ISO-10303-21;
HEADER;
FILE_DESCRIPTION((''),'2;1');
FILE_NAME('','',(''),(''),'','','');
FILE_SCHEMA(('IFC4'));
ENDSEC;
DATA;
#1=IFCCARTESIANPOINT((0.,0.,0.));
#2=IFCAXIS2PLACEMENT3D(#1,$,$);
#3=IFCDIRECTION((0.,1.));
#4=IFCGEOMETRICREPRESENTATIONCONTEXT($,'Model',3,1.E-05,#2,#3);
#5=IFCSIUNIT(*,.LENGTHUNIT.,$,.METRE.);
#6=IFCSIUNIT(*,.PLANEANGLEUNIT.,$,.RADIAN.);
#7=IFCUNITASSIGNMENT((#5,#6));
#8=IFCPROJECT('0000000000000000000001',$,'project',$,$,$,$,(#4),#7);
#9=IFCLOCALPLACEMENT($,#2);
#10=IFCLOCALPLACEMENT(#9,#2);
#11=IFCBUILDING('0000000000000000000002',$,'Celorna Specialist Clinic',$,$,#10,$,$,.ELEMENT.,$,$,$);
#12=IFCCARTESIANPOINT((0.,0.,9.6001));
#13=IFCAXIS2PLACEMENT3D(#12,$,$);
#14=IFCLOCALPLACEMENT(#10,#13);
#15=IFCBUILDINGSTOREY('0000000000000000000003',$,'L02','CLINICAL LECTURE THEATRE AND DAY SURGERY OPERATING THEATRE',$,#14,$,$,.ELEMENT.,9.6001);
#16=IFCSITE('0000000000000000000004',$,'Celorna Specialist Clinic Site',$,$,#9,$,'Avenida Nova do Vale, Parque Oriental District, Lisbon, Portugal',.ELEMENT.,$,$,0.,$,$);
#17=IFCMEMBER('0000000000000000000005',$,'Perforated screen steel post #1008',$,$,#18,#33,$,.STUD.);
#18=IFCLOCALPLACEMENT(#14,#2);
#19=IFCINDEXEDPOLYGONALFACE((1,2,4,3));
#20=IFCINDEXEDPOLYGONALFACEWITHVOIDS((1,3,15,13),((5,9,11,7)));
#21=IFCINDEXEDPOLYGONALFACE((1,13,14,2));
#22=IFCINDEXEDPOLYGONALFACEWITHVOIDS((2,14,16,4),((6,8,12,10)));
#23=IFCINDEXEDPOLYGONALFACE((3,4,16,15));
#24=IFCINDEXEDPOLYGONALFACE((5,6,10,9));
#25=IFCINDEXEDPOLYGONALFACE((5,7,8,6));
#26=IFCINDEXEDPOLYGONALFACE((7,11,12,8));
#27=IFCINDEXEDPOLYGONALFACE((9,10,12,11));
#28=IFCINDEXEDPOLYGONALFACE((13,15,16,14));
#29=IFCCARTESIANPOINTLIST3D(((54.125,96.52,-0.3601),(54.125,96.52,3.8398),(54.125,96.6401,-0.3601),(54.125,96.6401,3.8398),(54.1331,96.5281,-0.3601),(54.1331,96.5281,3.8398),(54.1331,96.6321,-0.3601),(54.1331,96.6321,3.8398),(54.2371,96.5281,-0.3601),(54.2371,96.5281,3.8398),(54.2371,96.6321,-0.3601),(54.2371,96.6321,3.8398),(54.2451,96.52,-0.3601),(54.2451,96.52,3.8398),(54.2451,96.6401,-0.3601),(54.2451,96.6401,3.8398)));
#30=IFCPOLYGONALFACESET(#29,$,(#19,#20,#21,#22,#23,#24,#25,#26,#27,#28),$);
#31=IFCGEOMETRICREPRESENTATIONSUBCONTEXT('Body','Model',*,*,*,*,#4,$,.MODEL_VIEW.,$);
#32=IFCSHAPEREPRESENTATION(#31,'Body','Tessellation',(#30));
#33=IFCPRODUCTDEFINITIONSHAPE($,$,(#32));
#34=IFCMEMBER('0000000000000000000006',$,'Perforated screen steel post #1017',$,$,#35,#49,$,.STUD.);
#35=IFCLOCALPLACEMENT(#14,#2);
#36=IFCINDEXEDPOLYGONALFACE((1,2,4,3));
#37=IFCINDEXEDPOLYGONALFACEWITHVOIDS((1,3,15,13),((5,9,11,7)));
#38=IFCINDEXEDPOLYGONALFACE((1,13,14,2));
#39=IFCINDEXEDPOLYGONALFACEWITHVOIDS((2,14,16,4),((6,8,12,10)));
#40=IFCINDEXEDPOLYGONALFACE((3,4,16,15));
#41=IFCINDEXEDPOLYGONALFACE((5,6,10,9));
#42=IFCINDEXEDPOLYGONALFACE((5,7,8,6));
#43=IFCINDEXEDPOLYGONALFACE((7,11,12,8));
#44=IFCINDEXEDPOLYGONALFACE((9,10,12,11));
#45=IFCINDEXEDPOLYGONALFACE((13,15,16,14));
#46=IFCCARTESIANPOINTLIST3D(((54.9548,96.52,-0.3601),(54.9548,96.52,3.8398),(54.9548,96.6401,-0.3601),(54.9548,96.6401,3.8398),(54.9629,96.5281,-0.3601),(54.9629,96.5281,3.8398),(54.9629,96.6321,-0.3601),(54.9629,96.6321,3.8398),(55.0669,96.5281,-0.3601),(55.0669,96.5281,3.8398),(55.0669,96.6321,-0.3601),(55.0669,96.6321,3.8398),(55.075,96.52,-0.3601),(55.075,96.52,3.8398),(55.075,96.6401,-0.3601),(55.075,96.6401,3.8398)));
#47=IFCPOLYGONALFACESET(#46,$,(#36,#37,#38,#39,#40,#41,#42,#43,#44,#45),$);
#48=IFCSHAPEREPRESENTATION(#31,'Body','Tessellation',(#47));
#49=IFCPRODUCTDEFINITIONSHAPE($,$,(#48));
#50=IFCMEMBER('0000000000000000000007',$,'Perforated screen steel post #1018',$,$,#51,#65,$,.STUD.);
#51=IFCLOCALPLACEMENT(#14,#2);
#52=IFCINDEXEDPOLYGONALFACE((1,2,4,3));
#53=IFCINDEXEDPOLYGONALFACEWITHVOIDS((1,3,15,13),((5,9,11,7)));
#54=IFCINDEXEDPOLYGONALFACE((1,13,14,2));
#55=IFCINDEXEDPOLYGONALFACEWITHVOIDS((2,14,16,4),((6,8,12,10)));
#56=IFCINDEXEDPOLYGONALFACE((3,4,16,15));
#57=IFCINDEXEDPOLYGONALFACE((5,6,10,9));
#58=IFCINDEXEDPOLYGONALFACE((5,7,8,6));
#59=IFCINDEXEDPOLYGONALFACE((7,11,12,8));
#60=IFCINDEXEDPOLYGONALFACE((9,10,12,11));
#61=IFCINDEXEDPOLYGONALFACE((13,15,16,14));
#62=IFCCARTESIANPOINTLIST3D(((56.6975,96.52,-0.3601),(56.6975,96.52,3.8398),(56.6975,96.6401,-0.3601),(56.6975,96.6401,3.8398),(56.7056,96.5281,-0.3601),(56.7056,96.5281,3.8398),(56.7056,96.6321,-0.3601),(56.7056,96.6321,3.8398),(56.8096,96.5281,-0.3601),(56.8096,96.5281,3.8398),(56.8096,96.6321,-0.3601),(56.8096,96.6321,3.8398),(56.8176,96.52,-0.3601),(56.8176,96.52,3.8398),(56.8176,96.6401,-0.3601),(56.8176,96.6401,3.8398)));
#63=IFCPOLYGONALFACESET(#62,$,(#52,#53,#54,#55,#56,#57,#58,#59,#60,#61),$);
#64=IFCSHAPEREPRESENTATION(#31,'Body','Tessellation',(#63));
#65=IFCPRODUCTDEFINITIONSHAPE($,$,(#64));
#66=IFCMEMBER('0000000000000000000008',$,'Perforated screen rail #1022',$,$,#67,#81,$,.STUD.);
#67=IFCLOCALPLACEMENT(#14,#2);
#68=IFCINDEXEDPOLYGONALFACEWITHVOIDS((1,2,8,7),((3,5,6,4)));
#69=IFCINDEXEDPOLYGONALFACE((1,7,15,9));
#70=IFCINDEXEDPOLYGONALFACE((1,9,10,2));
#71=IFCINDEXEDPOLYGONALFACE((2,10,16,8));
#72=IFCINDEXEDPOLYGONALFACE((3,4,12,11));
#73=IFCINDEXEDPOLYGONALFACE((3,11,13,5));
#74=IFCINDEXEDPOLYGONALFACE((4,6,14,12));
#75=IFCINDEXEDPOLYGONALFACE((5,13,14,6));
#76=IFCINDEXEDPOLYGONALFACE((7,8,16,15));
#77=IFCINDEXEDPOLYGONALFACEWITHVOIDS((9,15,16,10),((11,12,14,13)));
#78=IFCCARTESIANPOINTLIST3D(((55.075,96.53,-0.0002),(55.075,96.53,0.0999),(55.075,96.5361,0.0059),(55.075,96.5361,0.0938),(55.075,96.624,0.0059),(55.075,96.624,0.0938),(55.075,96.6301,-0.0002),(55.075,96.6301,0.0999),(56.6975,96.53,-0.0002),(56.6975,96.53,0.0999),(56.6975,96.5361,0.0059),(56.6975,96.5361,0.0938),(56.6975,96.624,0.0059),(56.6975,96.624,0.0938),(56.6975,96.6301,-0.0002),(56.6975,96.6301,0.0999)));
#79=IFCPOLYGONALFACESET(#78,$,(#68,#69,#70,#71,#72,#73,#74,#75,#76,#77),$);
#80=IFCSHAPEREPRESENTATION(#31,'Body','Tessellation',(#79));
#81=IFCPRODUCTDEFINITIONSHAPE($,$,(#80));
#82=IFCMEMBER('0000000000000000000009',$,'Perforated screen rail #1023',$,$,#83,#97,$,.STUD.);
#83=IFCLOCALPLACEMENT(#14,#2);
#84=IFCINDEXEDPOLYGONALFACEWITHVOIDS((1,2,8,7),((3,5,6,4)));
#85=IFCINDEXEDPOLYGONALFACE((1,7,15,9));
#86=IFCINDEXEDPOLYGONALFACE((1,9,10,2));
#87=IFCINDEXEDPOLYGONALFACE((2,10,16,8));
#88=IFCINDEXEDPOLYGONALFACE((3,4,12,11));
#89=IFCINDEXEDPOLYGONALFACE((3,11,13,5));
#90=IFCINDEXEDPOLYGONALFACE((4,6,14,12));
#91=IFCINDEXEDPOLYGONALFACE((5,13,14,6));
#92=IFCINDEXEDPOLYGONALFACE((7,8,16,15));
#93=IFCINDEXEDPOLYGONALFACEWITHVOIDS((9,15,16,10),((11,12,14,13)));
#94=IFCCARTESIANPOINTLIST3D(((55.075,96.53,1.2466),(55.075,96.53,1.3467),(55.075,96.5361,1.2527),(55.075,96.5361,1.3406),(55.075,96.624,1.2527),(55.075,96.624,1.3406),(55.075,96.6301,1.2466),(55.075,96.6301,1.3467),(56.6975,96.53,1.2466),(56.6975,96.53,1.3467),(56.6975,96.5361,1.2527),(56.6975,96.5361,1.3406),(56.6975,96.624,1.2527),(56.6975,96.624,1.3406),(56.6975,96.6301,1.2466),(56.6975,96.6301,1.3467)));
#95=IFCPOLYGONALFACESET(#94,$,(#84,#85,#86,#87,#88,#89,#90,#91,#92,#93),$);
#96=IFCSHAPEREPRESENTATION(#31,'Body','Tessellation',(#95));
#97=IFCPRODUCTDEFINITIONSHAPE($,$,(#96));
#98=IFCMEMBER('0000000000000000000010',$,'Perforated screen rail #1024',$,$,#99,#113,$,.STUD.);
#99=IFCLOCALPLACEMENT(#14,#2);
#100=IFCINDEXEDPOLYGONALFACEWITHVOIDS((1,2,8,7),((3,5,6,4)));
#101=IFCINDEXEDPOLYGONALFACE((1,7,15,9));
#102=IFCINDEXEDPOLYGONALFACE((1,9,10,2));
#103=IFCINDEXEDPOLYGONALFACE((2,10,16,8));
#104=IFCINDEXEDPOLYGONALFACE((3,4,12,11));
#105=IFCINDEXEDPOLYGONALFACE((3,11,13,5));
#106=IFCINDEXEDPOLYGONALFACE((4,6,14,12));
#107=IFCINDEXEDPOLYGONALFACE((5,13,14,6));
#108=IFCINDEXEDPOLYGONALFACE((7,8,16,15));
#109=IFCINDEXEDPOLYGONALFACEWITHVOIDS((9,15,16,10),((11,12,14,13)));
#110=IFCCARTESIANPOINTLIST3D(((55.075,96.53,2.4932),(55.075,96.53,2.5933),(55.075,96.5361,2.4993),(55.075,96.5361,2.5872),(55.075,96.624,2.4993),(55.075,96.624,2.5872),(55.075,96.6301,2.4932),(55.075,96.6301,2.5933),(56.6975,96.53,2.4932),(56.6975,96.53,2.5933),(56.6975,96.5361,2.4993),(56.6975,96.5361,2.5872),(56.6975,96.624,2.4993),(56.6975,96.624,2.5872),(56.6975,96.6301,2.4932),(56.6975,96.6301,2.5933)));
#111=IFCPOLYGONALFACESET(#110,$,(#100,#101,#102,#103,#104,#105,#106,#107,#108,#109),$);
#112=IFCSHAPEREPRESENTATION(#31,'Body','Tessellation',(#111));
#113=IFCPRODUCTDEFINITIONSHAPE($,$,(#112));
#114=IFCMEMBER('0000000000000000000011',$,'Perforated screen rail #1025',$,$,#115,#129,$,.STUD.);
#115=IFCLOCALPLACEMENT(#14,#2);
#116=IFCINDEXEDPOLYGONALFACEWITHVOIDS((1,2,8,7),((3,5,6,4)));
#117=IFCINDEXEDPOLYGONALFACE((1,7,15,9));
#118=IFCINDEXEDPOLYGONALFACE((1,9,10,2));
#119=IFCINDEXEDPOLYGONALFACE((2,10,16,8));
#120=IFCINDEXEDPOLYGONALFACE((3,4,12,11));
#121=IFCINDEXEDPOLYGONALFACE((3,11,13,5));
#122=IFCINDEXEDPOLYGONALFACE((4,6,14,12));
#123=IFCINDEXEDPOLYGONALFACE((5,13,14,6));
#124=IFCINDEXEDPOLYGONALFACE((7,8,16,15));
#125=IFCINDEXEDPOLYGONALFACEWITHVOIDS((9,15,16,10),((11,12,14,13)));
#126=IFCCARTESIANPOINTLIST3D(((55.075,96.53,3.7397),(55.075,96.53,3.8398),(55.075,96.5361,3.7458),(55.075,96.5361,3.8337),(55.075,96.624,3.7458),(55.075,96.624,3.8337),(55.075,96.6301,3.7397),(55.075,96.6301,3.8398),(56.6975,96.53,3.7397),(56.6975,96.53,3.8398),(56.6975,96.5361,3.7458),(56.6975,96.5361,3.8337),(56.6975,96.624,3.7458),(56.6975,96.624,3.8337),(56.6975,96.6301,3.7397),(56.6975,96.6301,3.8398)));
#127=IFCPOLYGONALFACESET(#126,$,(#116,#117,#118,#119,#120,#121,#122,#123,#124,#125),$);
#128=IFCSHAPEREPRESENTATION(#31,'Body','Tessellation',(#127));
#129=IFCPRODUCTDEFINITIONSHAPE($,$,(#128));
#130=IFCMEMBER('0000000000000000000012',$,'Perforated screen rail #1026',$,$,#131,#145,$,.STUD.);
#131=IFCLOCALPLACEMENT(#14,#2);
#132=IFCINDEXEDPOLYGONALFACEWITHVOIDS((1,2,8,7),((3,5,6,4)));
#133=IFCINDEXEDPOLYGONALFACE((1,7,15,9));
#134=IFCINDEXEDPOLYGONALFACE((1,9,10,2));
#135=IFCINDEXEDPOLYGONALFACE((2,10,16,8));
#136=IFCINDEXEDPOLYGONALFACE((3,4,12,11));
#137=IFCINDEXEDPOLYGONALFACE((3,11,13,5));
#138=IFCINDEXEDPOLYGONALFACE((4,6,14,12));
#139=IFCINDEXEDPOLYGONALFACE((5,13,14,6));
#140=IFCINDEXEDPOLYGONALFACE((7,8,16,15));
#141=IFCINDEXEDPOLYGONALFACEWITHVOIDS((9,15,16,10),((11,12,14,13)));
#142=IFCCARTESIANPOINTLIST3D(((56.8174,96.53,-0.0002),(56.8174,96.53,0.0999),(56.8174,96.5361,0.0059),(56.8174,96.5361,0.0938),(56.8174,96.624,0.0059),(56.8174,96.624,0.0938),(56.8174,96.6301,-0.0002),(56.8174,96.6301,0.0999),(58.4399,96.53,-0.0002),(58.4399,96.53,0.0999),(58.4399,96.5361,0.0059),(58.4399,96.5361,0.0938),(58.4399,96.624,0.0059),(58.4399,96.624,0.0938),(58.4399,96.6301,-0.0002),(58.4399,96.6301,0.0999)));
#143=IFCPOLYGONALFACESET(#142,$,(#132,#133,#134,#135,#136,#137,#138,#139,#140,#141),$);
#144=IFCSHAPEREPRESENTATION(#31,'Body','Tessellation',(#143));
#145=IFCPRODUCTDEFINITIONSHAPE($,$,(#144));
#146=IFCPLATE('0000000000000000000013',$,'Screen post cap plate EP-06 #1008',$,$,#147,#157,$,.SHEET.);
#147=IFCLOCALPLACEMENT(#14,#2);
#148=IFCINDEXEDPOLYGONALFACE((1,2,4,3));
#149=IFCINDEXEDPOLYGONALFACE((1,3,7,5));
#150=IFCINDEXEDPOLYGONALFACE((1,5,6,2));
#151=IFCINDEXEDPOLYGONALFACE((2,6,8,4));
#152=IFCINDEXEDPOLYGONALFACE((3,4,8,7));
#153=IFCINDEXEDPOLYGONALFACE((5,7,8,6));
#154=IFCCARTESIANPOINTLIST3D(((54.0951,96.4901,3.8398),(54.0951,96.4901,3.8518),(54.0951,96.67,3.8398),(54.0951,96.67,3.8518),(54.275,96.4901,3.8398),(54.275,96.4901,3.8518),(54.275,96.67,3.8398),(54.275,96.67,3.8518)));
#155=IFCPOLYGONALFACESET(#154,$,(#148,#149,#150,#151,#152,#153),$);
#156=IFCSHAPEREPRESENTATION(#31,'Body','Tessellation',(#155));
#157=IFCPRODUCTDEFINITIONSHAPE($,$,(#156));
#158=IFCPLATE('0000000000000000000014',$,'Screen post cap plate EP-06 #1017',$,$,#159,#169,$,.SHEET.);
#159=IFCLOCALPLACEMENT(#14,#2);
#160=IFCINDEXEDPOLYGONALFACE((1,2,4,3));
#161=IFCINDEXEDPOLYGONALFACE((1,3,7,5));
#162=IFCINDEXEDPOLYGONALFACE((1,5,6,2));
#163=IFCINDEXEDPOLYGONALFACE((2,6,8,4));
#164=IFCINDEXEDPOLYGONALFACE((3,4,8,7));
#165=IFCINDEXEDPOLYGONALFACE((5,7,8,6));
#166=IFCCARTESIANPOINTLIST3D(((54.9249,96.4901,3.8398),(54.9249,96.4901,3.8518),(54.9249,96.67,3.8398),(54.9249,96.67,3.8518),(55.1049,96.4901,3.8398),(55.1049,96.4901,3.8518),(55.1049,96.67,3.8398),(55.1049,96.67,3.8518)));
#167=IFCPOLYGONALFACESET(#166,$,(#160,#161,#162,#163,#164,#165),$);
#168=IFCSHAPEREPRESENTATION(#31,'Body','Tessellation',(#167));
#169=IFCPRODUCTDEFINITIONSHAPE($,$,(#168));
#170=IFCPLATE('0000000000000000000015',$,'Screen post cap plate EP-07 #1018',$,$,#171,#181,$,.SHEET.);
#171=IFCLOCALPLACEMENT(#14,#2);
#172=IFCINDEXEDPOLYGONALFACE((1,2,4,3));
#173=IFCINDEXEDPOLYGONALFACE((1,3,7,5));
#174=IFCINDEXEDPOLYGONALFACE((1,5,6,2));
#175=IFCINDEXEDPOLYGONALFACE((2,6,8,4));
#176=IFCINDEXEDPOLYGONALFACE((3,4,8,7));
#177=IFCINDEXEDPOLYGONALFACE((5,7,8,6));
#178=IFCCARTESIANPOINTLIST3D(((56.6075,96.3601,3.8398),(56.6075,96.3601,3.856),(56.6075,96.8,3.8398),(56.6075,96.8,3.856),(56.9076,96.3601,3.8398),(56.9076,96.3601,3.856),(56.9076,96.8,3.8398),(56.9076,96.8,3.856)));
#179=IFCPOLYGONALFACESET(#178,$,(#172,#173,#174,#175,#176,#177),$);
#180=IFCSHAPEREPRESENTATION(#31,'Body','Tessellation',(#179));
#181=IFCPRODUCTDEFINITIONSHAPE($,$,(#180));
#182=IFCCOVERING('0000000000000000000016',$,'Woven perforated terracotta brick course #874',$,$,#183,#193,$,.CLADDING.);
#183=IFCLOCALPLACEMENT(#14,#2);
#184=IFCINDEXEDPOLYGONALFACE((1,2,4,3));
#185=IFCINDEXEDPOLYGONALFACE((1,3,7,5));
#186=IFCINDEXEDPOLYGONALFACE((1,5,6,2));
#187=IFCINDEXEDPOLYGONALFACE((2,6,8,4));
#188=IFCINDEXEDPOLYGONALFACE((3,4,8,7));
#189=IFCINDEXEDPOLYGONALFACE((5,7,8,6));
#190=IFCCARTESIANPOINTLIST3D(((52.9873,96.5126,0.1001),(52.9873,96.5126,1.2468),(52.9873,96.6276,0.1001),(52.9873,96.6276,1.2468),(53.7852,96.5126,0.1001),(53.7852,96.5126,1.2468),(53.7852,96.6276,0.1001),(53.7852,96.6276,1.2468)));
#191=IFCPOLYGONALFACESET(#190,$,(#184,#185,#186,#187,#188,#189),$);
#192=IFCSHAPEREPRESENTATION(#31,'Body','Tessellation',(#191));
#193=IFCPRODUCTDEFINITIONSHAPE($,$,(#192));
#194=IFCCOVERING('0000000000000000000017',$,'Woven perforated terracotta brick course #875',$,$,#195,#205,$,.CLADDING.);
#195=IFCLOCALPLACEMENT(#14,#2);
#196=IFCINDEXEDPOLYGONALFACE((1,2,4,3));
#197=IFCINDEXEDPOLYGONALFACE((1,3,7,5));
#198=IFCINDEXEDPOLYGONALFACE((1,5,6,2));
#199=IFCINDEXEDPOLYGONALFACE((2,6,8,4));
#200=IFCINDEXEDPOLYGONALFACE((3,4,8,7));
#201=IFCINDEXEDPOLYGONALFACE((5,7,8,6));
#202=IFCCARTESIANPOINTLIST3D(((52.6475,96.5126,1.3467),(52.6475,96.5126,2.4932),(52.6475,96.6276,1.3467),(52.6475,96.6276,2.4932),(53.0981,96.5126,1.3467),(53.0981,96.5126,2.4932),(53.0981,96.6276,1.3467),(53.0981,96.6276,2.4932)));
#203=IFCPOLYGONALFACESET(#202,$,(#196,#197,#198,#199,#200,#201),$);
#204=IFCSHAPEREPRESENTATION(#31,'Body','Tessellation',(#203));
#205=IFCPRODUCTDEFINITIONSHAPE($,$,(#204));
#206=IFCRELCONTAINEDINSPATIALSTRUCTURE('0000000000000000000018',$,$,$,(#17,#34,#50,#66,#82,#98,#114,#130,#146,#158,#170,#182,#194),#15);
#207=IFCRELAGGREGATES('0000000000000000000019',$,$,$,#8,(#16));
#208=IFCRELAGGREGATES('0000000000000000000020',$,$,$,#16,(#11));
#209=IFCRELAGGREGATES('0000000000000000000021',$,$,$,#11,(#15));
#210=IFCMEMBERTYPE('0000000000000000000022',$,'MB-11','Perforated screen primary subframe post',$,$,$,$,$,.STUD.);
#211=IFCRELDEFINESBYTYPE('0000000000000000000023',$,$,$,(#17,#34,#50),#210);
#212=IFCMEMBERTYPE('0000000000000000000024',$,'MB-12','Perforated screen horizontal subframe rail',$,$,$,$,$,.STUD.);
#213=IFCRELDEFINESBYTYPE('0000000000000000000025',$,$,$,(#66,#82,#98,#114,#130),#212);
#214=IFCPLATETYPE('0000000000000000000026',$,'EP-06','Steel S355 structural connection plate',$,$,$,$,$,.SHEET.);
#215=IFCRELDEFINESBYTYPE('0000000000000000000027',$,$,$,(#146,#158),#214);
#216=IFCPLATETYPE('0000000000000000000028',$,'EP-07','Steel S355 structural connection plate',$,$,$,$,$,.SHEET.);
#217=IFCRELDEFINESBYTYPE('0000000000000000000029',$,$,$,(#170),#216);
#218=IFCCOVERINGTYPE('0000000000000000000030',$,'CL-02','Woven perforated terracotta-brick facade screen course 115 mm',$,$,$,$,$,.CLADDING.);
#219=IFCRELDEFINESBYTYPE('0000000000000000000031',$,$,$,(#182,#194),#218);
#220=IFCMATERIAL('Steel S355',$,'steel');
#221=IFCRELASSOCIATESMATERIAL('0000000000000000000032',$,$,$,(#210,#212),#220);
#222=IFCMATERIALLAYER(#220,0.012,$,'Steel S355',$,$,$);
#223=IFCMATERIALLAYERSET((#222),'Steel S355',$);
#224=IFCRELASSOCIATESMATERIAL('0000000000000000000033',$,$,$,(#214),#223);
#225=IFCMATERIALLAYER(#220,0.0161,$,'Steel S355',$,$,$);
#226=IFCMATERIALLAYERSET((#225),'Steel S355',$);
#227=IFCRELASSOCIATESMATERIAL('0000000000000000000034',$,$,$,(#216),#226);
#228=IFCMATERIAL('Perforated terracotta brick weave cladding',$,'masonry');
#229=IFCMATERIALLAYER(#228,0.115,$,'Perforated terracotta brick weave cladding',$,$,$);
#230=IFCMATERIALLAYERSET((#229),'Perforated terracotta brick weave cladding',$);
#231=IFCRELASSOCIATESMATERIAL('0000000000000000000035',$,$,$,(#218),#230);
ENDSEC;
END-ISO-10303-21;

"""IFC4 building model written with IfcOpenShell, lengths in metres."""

from ifc_helpers import new_model, si_unit, direction, frame, origin, origin_2d, place, context, subcontext, project, spatial, rectangle, hollow_rectangle, extrude, material, layer, layer_set, material_profile, profile_set, type_object, element, save


model = new_model("IFC4")

# Units and contexts
model_context = context("Model", 3, precision=1e-05, world=origin(), true_north=direction((0.0, 1.0)))
body_context = subcontext(model_context, "Body", "Model", "MODEL_VIEW")
ifc_project = project(units=[si_unit("LENGTHUNIT", "METRE"), si_unit("PLANEANGLEUNIT", "RADIAN")], contexts=[model_context])

# Site, building, storey
site_placement = place(None, origin())
site = spatial("IfcSite", under=ifc_project, at=site_placement, Name="Celorna Specialist Clinic Site", LongName="Avenida Nova do Vale, Parque Oriental District, Lisbon, Portugal", CompositionType="ELEMENT", RefElevation=0.0)
building_placement = place(site_placement, origin())
building = spatial("IfcBuilding", under=site, at=building_placement, Name="Celorna Specialist Clinic", CompositionType="ELEMENT")
storey_placement = place(building_placement, frame((0.0, 0.0, 9.6001)))
storey = spatial("IfcBuildingStorey", under=building, at=storey_placement, Name="L02", Description="CLINICAL LECTURE THEATRE AND DAY SURGERY OPERATING THEATRE", CompositionType="ELEMENT", Elevation=9.6001)

# Members
ifc_material_1 = material(Name="Steel S355", Category="steel")
ifc_material_profile_1 = material_profile(ifc_material_1, hollow_rectangle(XDim=0.1201, YDim=0.1201, WallThickness=0.0081, at=origin_2d()), Name="SHS 120x120x8")
ifc_profile_set_1 = profile_set([ifc_material_profile_1], Name="Steel S355")
member_type_1 = type_object("IfcMemberType", Name="MB-11", Description="Perforated screen primary subframe post", PredefinedType="STUD", material=ifc_profile_set_1)
for number, where, z_axis, x_axis, name in (
    (1, (54.1851, 96.5801, -0.3601), (0.0, 0.0, 1.0), (1.0, 0.0, 0.0), "Perforated screen steel post #1008"),
    (2, (55.0149, 96.5801, -0.3601), (0.0, 0.0, 1.0), (1.0, 0.0, 0.0), "Perforated screen steel post #1017"),
    (3, (56.7576, 96.5801, -0.3601), (0.0, 0.0, 1.0), (1.0, 0.0, 0.0), "Perforated screen steel post #1018"),
):
    element("IfcMember", number, at=place(storey_placement, frame(where, z_axis=z_axis, x_axis=x_axis)), inside=storey, type_object=member_type_1, Name=name, PredefinedType="STUD", context=body_context, shape_type="SweptSolid", body=[
        extrude(hollow_rectangle(XDim=0.1201, YDim=0.1201, WallThickness=0.0081, at=origin_2d()), origin(), (0.0, 0.0, 1.0), 4.2),
    ])
ifc_material_profile_2 = material_profile(ifc_material_1, hollow_rectangle(XDim=0.1001, YDim=0.1001, WallThickness=0.0061, at=origin_2d()), Name="SHS 100x100x6")
ifc_profile_set_2 = profile_set([ifc_material_profile_2], Name="Steel S355")
member_type_2 = type_object("IfcMemberType", Name="MB-12", Description="Perforated screen horizontal subframe rail", PredefinedType="STUD", material=ifc_profile_set_2)
for number, where, z_axis, x_axis, name in (
    (4, (55.075, 96.5801, 0.0498), (1.0, 0.0, 0.0), (0.0, 1.0, 0.0), "Perforated screen rail #1022"),
    (5, (55.075, 96.5801, 1.2966), (1.0, 0.0, 0.0), (0.0, 1.0, 0.0), "Perforated screen rail #1023"),
    (6, (55.075, 96.5801, 2.5432), (1.0, 0.0, 0.0), (0.0, 1.0, 0.0), "Perforated screen rail #1024"),
    (7, (55.075, 96.5801, 3.7898), (1.0, 0.0, 0.0), (0.0, 1.0, 0.0), "Perforated screen rail #1025"),
    (8, (56.8174, 96.5801, 0.0498), (1.0, 0.0, 0.0), (0.0, 1.0, 0.0), "Perforated screen rail #1026"),
):
    element("IfcMember", number, at=place(storey_placement, frame(where, z_axis=z_axis, x_axis=x_axis)), inside=storey, type_object=member_type_2, Name=name, PredefinedType="STUD", context=body_context, shape_type="SweptSolid", body=[
        extrude(hollow_rectangle(XDim=0.1001, YDim=0.1001, WallThickness=0.0061, at=origin_2d()), origin(), (0.0, 0.0, 1.0), 1.6226),
    ])

# Plates
ifc_layer_1 = layer(ifc_material_1, 0.012, Name="Steel S355")
ifc_layer_set_1 = layer_set([ifc_layer_1], Name="Steel S355")
plate_type_1 = type_object("IfcPlateType", Name="EP-06", Description="Steel S355 structural connection plate", PredefinedType="SHEET", material=ifc_layer_set_1)
for number, where, z_axis, x_axis, name in (
    (9, (54.1851, 96.5801, 3.8398), (0.0, 0.0, 1.0), (1.0, 0.0, 0.0), "Screen post cap plate EP-06 #1008"),
    (10, (55.0149, 96.5801, 3.8398), (0.0, 0.0, 1.0), (1.0, 0.0, 0.0), "Screen post cap plate EP-06 #1017"),
):
    element("IfcPlate", number, at=place(storey_placement, frame(where, z_axis=z_axis, x_axis=x_axis)), inside=storey, type_object=plate_type_1, Name=name, PredefinedType="SHEET", context=body_context, shape_type="SweptSolid", body=[
        extrude(rectangle(XDim=0.1799, YDim=0.1799, at=origin_2d()), origin(), (0.0, 0.0, 1.0), 0.012),
    ])
ifc_layer_2 = layer(ifc_material_1, 0.0161, Name="Steel S355")
ifc_layer_set_2 = layer_set([ifc_layer_2], Name="Steel S355")
plate_type_2 = type_object("IfcPlateType", Name="EP-07", Description="Steel S355 structural connection plate", PredefinedType="SHEET", material=ifc_layer_set_2)
plate_placement = place(storey_placement, frame((56.7576, 96.5801, 3.8398), z_axis=(0.0, 0.0, 1.0), x_axis=(1.0, 0.0, 0.0)))
element("IfcPlate", 11, at=plate_placement, inside=storey, type_object=plate_type_2, Name="Screen post cap plate EP-07 #1018", PredefinedType="SHEET", context=body_context, shape_type="SweptSolid", body=[
    extrude(rectangle(XDim=0.3, YDim=0.4399, at=origin_2d()), origin(), (0.0, 0.0, 1.0), 0.0161),
])

# Coverings
ifc_material_2 = material(Name="Perforated terracotta brick weave cladding", Category="masonry")
ifc_layer_3 = layer(ifc_material_2, 0.115, Name="Perforated terracotta brick weave cladding")
ifc_layer_set_3 = layer_set([ifc_layer_3], Name="Perforated terracotta brick weave cladding")
covering_type = type_object("IfcCoveringType", Name="CL-02", Description="Woven perforated terracotta-brick facade screen course 115 mm", PredefinedType="CLADDING", material=ifc_layer_set_3)
covering_1_placement = place(storey_placement, frame((53.3862, 96.5701, 0.1001), z_axis=(0.0, 0.0, 1.0), x_axis=(1.0, 0.0, 0.0)))
element("IfcCovering", 12, at=covering_1_placement, inside=storey, type_object=covering_type, Name="Woven perforated terracotta brick course #874", PredefinedType="CLADDING", context=body_context, shape_type="SweptSolid", body=[
    extrude(rectangle(XDim=0.7979, YDim=0.115, at=origin_2d()), origin(), (0.0, 0.0, 1.0), 1.1467),
])
for number, where, z_axis, x_axis, name in (
    (13, (52.8728, 96.5701, 1.3467), (0.0, 0.0, 1.0), (1.0, 0.0, 0.0), "Woven perforated terracotta brick course #875"),
):
    element("IfcCovering", number, at=place(storey_placement, frame(where, z_axis=z_axis, x_axis=x_axis)), inside=storey, type_object=covering_type, Name=name, PredefinedType="CLADDING", context=body_context, shape_type="SweptSolid", body=[
        extrude(rectangle(XDim=0.4507, YDim=0.115, at=origin_2d()), origin(), (0.0, 0.0, 1.0), 1.1465),
    ])

save(model, "model.ifc")
